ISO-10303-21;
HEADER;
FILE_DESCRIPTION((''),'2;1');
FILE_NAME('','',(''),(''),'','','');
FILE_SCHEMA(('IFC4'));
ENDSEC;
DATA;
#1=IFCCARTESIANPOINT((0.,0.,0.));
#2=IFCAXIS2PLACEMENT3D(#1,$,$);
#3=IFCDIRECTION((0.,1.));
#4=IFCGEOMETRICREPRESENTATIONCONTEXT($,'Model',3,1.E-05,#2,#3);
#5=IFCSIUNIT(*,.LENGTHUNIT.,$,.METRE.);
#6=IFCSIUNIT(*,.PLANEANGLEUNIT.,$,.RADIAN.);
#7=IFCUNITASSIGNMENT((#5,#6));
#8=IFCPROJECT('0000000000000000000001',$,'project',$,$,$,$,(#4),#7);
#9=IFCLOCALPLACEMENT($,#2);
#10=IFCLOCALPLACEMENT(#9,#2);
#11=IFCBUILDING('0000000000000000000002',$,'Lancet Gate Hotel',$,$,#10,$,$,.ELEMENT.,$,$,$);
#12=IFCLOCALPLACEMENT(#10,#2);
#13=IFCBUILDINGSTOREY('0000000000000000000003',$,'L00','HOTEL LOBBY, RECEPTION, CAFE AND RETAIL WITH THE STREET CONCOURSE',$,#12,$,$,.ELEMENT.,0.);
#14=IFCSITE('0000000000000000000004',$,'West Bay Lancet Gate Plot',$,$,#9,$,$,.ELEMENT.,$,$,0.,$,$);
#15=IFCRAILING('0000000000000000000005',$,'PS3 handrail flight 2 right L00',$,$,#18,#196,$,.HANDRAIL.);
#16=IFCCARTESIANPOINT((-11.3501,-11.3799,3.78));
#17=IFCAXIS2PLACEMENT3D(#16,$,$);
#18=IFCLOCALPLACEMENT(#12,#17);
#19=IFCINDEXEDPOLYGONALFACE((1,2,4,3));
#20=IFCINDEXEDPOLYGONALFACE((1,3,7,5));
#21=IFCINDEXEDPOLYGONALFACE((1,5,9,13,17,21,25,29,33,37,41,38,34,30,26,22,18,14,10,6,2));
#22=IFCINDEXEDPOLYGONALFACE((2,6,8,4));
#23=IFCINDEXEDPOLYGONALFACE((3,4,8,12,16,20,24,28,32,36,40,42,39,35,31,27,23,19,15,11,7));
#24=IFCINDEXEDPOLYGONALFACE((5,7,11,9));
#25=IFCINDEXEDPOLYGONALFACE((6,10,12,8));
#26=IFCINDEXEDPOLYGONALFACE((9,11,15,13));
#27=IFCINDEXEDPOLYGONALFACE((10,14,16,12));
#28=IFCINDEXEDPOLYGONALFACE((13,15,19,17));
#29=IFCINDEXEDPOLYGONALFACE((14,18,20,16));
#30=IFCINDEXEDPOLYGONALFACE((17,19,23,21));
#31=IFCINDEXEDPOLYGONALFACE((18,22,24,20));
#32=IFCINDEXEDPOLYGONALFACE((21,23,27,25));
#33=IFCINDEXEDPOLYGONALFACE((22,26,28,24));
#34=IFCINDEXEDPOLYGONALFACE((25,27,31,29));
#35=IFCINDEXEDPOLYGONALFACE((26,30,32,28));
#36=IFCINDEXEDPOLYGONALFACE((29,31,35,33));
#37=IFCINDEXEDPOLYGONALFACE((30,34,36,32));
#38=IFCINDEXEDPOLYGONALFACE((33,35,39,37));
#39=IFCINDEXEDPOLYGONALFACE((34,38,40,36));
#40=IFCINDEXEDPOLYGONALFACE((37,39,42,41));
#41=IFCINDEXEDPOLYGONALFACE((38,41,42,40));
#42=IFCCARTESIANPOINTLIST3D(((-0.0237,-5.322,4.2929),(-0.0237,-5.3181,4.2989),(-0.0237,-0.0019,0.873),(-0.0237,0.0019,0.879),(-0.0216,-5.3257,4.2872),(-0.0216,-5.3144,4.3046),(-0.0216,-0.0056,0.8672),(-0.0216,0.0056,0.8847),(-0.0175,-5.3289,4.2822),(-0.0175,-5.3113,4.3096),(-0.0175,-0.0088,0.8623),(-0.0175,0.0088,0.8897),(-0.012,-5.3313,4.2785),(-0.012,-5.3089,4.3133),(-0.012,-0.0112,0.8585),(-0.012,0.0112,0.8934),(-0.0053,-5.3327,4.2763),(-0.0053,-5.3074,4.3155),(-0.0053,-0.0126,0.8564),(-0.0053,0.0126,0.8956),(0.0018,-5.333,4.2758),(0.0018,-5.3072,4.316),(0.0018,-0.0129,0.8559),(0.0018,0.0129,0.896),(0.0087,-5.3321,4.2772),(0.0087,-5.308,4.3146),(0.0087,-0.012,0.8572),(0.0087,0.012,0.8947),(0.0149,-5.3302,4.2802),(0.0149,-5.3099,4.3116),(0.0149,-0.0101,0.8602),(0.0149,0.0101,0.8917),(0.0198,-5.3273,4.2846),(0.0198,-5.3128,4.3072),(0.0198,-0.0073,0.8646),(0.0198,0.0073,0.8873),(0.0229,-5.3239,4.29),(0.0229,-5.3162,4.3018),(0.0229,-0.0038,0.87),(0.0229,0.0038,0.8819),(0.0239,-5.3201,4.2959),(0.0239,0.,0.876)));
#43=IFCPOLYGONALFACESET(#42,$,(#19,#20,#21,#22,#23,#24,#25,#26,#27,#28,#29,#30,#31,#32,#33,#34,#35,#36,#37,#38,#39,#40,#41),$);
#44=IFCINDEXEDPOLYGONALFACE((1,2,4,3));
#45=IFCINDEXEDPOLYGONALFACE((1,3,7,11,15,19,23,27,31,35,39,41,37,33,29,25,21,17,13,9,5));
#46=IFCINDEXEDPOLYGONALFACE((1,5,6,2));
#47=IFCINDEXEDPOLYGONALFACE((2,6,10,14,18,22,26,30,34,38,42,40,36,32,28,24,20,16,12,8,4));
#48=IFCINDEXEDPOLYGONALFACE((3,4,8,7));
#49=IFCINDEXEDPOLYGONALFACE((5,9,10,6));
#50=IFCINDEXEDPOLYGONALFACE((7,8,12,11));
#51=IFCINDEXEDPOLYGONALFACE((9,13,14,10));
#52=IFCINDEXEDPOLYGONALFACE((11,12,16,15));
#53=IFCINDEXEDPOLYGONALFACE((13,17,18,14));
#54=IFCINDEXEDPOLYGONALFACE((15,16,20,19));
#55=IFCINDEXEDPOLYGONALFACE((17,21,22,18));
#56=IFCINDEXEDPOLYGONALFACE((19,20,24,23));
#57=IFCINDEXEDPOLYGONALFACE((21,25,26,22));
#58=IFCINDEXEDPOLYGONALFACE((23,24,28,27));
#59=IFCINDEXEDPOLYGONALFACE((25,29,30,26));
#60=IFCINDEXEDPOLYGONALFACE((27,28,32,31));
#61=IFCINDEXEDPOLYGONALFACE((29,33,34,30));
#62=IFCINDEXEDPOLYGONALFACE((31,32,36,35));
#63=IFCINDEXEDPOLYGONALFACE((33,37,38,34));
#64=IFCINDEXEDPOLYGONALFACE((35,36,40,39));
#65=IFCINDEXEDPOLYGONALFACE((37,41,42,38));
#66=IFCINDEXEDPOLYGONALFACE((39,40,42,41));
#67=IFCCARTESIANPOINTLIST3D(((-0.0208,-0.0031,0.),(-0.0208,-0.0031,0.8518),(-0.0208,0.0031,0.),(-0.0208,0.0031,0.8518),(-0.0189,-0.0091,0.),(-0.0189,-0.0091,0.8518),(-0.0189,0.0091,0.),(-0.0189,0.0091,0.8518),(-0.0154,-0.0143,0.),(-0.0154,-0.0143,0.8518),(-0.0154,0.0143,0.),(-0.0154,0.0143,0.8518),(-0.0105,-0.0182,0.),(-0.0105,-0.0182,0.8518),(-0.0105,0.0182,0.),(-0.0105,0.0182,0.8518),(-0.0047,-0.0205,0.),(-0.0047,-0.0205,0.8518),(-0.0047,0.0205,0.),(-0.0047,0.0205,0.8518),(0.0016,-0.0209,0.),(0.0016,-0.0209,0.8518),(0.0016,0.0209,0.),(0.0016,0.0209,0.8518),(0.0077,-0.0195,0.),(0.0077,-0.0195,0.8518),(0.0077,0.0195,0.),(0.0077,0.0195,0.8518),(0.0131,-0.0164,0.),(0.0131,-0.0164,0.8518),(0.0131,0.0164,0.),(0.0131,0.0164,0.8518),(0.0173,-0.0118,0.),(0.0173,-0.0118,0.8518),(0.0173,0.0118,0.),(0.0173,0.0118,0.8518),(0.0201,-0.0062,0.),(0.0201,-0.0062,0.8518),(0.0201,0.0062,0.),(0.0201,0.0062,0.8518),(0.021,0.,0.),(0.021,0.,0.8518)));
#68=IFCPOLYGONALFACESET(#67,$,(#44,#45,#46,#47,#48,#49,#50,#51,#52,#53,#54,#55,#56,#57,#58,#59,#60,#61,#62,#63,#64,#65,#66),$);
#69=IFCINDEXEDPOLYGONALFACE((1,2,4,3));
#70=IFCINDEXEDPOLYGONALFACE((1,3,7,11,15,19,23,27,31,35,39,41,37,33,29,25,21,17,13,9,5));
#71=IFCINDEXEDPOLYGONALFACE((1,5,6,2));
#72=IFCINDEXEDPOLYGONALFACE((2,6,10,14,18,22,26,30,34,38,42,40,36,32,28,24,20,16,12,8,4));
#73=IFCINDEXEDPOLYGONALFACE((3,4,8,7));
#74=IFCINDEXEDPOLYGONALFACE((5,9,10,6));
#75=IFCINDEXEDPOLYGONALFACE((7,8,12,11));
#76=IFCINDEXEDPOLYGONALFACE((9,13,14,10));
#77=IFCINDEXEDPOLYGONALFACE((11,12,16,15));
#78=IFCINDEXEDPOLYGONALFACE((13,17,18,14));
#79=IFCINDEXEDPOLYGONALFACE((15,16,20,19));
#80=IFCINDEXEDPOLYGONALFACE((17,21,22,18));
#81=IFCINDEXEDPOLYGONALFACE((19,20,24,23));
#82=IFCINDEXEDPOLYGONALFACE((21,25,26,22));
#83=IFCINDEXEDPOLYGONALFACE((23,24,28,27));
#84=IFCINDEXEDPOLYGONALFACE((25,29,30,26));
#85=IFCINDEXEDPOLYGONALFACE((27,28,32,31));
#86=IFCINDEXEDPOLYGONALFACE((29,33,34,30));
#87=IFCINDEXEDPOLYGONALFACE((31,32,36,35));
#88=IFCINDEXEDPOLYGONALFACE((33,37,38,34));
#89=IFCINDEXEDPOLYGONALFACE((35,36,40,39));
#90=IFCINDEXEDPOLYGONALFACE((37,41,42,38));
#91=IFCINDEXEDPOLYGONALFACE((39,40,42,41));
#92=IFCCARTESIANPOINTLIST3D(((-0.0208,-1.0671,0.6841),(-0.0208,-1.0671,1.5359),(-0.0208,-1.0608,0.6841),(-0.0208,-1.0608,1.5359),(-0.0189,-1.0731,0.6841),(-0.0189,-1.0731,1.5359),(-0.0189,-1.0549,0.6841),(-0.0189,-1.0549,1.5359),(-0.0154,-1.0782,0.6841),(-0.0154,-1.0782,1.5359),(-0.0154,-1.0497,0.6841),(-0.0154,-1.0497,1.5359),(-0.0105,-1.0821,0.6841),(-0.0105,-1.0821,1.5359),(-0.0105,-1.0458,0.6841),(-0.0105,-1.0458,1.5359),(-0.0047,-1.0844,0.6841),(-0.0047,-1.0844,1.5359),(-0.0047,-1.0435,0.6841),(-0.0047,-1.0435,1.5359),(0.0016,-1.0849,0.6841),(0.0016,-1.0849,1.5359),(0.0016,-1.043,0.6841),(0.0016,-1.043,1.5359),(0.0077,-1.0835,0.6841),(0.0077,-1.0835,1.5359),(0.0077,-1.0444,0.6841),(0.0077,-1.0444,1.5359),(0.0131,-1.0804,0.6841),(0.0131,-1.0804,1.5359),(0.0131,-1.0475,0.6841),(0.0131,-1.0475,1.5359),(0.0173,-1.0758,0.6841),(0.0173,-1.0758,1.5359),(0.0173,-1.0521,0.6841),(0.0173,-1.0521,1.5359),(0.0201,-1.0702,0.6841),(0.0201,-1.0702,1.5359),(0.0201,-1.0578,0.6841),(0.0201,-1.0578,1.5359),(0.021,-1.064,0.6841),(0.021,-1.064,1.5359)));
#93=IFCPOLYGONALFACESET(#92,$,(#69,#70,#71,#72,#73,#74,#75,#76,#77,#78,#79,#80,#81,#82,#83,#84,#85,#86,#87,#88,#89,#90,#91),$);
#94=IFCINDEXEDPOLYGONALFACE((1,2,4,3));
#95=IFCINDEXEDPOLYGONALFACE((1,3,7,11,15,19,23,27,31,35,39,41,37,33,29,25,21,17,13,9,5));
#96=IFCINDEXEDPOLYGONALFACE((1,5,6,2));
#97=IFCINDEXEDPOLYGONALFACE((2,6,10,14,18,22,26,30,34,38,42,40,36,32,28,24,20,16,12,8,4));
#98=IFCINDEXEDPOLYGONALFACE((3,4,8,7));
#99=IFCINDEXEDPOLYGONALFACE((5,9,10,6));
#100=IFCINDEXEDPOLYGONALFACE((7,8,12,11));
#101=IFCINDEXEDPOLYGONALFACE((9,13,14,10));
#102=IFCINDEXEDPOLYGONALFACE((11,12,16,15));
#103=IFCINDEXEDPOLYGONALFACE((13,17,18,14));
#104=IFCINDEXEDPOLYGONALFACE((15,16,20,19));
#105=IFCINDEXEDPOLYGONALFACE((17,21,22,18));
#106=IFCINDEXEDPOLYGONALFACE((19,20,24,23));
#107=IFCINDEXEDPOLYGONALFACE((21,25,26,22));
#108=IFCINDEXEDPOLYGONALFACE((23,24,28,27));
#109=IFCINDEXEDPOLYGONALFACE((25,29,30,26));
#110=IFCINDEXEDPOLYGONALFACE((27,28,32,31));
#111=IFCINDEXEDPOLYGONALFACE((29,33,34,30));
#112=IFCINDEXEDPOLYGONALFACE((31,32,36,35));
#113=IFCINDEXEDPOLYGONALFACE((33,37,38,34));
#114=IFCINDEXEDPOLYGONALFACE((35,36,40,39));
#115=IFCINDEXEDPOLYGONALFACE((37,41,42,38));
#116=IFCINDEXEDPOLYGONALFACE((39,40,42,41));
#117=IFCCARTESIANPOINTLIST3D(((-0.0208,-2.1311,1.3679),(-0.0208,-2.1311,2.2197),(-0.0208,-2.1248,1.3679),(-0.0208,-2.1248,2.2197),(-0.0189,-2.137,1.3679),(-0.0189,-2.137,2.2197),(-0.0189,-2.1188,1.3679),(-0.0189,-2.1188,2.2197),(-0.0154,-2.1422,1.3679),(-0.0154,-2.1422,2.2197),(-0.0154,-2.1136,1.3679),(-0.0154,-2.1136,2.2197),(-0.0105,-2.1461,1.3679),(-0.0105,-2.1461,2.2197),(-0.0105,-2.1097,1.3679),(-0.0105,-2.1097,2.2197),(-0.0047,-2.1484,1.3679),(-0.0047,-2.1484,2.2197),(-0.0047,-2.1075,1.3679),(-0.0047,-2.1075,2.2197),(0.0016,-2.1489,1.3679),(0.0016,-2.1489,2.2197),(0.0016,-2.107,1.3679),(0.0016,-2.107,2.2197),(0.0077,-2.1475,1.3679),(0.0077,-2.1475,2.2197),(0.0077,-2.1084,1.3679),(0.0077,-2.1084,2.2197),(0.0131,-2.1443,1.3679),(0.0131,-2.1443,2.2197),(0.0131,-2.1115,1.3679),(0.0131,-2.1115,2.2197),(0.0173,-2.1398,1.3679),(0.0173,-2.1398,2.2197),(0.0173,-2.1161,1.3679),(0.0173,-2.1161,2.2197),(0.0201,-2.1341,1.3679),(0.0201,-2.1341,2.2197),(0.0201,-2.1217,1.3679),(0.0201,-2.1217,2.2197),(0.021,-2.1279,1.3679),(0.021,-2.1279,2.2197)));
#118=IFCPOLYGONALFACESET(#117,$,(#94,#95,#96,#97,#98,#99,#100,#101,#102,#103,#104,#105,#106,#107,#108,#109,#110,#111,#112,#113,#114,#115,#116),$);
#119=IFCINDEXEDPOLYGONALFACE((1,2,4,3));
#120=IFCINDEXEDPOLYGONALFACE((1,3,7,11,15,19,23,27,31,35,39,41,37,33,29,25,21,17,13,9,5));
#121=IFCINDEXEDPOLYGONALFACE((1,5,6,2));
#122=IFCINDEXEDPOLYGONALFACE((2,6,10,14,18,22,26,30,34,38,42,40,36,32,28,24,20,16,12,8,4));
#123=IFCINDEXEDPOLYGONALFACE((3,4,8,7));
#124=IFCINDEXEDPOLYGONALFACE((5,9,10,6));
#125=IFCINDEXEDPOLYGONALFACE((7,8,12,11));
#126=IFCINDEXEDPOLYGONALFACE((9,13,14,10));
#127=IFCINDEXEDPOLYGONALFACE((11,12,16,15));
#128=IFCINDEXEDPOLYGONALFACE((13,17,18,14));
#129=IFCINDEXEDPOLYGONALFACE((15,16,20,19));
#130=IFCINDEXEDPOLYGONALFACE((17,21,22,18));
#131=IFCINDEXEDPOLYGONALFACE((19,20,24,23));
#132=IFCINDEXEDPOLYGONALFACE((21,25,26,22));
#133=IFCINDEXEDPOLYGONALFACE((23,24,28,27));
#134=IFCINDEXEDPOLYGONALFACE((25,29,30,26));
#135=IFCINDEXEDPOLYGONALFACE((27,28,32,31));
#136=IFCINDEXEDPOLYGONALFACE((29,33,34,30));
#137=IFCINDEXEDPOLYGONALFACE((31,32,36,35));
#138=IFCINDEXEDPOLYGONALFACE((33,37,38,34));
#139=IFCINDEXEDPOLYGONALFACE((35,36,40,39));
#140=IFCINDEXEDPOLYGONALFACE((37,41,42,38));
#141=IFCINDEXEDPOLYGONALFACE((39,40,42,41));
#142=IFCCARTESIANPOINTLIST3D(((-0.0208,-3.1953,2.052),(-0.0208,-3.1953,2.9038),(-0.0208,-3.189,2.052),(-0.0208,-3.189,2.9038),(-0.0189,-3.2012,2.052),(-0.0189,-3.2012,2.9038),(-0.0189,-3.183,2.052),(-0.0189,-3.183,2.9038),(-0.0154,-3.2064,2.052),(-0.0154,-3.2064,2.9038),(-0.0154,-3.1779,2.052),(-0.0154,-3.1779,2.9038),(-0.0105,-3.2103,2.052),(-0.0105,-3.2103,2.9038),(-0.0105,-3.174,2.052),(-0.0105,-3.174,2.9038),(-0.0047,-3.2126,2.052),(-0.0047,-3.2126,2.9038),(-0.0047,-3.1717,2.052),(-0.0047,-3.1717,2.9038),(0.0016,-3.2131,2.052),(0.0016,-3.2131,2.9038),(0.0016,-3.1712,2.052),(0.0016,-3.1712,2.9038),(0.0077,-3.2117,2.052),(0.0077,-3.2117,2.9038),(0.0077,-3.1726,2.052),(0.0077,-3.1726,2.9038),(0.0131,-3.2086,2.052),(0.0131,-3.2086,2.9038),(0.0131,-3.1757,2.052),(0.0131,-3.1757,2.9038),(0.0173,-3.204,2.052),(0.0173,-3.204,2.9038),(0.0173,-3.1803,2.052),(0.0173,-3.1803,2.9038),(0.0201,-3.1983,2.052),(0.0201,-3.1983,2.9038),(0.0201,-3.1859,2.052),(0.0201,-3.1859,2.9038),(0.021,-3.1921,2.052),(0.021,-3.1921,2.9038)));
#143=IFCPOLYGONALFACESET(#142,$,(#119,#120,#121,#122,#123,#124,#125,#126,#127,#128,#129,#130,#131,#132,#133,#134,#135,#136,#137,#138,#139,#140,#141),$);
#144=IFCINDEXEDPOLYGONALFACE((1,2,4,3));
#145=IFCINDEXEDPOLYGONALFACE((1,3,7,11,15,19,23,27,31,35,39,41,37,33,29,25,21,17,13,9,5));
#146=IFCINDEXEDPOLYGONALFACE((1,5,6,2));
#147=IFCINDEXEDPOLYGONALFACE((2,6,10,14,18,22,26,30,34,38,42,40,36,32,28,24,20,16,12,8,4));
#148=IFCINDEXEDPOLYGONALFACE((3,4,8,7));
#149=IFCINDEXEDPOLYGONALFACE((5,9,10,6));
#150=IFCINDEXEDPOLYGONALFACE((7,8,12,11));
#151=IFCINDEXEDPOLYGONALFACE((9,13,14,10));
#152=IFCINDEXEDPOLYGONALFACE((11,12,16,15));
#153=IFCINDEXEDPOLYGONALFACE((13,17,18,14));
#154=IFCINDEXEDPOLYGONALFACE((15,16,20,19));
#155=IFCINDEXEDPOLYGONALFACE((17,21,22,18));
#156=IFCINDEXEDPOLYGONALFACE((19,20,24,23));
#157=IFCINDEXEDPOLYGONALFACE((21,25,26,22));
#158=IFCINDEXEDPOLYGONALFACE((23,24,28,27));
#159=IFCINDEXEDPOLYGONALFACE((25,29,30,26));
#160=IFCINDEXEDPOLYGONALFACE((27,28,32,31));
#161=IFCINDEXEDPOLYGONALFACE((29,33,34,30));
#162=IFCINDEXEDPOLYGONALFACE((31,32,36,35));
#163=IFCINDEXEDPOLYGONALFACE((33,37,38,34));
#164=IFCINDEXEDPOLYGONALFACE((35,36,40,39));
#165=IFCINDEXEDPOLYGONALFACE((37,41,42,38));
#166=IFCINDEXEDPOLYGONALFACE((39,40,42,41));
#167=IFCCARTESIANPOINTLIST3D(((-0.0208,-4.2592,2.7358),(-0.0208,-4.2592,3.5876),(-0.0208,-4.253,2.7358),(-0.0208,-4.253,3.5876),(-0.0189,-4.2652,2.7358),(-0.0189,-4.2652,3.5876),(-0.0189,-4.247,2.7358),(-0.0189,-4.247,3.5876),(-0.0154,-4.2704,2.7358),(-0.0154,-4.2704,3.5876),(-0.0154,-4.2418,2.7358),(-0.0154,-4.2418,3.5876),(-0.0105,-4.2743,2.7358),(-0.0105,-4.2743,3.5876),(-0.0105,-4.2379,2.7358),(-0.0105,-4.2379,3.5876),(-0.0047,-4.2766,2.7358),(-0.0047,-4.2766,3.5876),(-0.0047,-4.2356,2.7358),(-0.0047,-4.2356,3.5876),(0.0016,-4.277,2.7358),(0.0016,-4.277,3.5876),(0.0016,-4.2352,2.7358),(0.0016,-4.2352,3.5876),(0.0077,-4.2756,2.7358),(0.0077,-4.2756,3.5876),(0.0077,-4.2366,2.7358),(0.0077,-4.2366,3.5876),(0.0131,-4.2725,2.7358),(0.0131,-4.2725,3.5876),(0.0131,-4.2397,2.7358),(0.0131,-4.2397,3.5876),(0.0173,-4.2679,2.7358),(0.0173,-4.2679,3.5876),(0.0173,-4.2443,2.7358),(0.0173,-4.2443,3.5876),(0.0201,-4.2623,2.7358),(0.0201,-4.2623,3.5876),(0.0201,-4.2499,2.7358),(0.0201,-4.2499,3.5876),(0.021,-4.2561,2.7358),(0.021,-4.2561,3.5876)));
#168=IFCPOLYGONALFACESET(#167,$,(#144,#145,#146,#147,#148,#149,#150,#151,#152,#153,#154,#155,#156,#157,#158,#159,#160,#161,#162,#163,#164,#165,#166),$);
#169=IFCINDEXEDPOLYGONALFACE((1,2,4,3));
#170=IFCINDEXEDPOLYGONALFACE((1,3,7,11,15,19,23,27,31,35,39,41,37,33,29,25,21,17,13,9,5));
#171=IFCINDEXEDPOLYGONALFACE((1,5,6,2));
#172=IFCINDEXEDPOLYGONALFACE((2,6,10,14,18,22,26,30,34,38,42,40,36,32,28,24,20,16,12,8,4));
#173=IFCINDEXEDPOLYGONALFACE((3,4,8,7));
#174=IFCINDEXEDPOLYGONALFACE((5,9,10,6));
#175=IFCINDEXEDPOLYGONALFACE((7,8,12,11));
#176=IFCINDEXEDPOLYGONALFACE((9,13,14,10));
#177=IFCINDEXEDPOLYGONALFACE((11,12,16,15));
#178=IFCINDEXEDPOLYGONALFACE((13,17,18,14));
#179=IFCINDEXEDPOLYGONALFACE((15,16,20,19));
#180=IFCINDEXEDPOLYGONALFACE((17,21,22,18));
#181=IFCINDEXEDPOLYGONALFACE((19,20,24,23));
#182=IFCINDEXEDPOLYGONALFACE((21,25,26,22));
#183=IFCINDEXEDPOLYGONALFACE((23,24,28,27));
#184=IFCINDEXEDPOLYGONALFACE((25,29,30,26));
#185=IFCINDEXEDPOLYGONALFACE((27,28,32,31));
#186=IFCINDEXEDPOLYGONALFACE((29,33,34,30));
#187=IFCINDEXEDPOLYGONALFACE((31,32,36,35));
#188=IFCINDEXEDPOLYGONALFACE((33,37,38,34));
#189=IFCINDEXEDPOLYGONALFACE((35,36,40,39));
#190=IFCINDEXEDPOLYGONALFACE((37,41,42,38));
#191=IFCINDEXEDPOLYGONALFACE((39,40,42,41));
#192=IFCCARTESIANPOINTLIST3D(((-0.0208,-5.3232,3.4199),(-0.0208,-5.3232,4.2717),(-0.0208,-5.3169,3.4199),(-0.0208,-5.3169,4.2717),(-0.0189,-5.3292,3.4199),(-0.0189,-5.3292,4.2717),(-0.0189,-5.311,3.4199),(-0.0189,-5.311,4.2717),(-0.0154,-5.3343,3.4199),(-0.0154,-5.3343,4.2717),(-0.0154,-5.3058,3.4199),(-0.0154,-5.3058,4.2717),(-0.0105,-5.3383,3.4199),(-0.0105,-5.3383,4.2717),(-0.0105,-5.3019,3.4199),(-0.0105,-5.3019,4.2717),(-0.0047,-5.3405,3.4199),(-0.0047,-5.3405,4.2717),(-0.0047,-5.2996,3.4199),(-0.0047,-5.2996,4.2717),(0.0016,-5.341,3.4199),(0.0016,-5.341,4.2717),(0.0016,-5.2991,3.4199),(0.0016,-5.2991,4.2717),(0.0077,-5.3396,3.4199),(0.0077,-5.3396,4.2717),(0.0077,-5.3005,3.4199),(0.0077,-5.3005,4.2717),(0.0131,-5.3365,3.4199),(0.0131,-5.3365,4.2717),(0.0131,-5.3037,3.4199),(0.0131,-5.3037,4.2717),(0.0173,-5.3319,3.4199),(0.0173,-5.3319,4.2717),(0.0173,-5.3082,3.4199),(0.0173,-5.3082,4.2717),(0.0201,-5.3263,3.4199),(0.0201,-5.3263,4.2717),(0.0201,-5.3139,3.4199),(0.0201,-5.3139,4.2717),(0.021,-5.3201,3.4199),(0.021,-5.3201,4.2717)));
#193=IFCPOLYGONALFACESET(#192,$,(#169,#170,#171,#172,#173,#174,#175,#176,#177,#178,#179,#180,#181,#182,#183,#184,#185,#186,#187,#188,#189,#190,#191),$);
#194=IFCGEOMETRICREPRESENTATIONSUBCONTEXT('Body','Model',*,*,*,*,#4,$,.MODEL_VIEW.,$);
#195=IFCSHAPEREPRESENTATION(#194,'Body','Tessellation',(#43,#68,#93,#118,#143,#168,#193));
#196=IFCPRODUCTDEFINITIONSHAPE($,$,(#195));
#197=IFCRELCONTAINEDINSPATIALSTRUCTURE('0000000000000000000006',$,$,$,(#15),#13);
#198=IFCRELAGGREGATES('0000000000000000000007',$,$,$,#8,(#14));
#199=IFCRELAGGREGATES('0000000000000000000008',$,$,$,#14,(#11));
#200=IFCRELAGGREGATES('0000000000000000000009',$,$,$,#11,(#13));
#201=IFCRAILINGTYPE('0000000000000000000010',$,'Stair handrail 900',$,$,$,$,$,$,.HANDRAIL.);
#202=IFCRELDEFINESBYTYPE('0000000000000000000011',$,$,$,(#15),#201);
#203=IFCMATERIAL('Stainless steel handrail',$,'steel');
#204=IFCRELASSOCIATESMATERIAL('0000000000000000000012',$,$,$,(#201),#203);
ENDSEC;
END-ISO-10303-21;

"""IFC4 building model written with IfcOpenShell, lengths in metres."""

from ifc_helpers import new_model, si_unit, direction, frame, origin, origin_2d, place, context, subcontext, project, spatial, circle, extrude, material, type_object, element, save


model = new_model("IFC4")

# Units and contexts
model_context = context("Model", 3, precision=1e-05, world=origin(), true_north=direction((0.0, 1.0)))
body_context = subcontext(model_context, "Body", "Model", "MODEL_VIEW")
ifc_project = project(units=[si_unit("LENGTHUNIT", "METRE"), si_unit("PLANEANGLEUNIT", "RADIAN")], contexts=[model_context])

# Site, building, storey
site_placement = place(None, origin())
site = spatial("IfcSite", under=ifc_project, at=site_placement, Name="West Bay Lancet Gate Plot", CompositionType="ELEMENT", RefElevation=0.0)
building_placement = place(site_placement, origin())
building = spatial("IfcBuilding", under=site, at=building_placement, Name="Lancet Gate Hotel", CompositionType="ELEMENT")
storey_placement = place(building_placement, origin())
storey = spatial("IfcBuildingStorey", under=building, at=storey_placement, Name="L00", Description="HOTEL LOBBY, RECEPTION, CAFE AND RETAIL WITH THE STREET CONCOURSE", CompositionType="ELEMENT", Elevation=0.0)

# Railing
ifc_material_1 = material(Name="Stainless steel handrail", Category="steel")
railing_type_1 = type_object("IfcRailingType", Name="Stair handrail 900", PredefinedType="HANDRAIL", material=ifc_material_1)
for number, where, name in (
    (1, (-11.3501, -11.3799, 3.78), "PS3 handrail flight 2 right L00"),
):
    element("IfcRailing", number, at=place(storey_placement, frame(where)), inside=storey, type_object=railing_type_1, Name=name, PredefinedType="HANDRAIL", context=body_context, shape_type="SweptSolid", body=[
        extrude(circle(Radius=0.0239, at=origin_2d()), frame((0.0, 0.0, 0.876), z_axis=(0.0, -0.841187, 0.540744), x_axis=(1.0, 0.0, 0.0)), (0.0, 0.0, 1.0), 6.3245),
        extrude(circle(Radius=0.021, at=origin_2d()), origin(), (0.0, 0.0, 1.0), 0.8518),
        extrude(circle(Radius=0.021, at=origin_2d()), frame((0.0, -1.064, 0.6841)), (0.0, 0.0, 1.0), 0.8518),
        extrude(circle(Radius=0.021, at=origin_2d()), frame((0.0, -2.1279, 1.3679)), (0.0, 0.0, 1.0), 0.8518),
        extrude(circle(Radius=0.021, at=origin_2d()), frame((0.0, -3.1921, 2.052)), (0.0, 0.0, 1.0), 0.8518),
        extrude(circle(Radius=0.021, at=origin_2d()), frame((0.0, -4.2561, 2.7358)), (0.0, 0.0, 1.0), 0.8518),
        extrude(circle(Radius=0.021, at=origin_2d()), frame((0.0, -5.3201, 3.4199)), (0.0, 0.0, 1.0), 0.8518),
    ])

save(model, "model.ifc")
